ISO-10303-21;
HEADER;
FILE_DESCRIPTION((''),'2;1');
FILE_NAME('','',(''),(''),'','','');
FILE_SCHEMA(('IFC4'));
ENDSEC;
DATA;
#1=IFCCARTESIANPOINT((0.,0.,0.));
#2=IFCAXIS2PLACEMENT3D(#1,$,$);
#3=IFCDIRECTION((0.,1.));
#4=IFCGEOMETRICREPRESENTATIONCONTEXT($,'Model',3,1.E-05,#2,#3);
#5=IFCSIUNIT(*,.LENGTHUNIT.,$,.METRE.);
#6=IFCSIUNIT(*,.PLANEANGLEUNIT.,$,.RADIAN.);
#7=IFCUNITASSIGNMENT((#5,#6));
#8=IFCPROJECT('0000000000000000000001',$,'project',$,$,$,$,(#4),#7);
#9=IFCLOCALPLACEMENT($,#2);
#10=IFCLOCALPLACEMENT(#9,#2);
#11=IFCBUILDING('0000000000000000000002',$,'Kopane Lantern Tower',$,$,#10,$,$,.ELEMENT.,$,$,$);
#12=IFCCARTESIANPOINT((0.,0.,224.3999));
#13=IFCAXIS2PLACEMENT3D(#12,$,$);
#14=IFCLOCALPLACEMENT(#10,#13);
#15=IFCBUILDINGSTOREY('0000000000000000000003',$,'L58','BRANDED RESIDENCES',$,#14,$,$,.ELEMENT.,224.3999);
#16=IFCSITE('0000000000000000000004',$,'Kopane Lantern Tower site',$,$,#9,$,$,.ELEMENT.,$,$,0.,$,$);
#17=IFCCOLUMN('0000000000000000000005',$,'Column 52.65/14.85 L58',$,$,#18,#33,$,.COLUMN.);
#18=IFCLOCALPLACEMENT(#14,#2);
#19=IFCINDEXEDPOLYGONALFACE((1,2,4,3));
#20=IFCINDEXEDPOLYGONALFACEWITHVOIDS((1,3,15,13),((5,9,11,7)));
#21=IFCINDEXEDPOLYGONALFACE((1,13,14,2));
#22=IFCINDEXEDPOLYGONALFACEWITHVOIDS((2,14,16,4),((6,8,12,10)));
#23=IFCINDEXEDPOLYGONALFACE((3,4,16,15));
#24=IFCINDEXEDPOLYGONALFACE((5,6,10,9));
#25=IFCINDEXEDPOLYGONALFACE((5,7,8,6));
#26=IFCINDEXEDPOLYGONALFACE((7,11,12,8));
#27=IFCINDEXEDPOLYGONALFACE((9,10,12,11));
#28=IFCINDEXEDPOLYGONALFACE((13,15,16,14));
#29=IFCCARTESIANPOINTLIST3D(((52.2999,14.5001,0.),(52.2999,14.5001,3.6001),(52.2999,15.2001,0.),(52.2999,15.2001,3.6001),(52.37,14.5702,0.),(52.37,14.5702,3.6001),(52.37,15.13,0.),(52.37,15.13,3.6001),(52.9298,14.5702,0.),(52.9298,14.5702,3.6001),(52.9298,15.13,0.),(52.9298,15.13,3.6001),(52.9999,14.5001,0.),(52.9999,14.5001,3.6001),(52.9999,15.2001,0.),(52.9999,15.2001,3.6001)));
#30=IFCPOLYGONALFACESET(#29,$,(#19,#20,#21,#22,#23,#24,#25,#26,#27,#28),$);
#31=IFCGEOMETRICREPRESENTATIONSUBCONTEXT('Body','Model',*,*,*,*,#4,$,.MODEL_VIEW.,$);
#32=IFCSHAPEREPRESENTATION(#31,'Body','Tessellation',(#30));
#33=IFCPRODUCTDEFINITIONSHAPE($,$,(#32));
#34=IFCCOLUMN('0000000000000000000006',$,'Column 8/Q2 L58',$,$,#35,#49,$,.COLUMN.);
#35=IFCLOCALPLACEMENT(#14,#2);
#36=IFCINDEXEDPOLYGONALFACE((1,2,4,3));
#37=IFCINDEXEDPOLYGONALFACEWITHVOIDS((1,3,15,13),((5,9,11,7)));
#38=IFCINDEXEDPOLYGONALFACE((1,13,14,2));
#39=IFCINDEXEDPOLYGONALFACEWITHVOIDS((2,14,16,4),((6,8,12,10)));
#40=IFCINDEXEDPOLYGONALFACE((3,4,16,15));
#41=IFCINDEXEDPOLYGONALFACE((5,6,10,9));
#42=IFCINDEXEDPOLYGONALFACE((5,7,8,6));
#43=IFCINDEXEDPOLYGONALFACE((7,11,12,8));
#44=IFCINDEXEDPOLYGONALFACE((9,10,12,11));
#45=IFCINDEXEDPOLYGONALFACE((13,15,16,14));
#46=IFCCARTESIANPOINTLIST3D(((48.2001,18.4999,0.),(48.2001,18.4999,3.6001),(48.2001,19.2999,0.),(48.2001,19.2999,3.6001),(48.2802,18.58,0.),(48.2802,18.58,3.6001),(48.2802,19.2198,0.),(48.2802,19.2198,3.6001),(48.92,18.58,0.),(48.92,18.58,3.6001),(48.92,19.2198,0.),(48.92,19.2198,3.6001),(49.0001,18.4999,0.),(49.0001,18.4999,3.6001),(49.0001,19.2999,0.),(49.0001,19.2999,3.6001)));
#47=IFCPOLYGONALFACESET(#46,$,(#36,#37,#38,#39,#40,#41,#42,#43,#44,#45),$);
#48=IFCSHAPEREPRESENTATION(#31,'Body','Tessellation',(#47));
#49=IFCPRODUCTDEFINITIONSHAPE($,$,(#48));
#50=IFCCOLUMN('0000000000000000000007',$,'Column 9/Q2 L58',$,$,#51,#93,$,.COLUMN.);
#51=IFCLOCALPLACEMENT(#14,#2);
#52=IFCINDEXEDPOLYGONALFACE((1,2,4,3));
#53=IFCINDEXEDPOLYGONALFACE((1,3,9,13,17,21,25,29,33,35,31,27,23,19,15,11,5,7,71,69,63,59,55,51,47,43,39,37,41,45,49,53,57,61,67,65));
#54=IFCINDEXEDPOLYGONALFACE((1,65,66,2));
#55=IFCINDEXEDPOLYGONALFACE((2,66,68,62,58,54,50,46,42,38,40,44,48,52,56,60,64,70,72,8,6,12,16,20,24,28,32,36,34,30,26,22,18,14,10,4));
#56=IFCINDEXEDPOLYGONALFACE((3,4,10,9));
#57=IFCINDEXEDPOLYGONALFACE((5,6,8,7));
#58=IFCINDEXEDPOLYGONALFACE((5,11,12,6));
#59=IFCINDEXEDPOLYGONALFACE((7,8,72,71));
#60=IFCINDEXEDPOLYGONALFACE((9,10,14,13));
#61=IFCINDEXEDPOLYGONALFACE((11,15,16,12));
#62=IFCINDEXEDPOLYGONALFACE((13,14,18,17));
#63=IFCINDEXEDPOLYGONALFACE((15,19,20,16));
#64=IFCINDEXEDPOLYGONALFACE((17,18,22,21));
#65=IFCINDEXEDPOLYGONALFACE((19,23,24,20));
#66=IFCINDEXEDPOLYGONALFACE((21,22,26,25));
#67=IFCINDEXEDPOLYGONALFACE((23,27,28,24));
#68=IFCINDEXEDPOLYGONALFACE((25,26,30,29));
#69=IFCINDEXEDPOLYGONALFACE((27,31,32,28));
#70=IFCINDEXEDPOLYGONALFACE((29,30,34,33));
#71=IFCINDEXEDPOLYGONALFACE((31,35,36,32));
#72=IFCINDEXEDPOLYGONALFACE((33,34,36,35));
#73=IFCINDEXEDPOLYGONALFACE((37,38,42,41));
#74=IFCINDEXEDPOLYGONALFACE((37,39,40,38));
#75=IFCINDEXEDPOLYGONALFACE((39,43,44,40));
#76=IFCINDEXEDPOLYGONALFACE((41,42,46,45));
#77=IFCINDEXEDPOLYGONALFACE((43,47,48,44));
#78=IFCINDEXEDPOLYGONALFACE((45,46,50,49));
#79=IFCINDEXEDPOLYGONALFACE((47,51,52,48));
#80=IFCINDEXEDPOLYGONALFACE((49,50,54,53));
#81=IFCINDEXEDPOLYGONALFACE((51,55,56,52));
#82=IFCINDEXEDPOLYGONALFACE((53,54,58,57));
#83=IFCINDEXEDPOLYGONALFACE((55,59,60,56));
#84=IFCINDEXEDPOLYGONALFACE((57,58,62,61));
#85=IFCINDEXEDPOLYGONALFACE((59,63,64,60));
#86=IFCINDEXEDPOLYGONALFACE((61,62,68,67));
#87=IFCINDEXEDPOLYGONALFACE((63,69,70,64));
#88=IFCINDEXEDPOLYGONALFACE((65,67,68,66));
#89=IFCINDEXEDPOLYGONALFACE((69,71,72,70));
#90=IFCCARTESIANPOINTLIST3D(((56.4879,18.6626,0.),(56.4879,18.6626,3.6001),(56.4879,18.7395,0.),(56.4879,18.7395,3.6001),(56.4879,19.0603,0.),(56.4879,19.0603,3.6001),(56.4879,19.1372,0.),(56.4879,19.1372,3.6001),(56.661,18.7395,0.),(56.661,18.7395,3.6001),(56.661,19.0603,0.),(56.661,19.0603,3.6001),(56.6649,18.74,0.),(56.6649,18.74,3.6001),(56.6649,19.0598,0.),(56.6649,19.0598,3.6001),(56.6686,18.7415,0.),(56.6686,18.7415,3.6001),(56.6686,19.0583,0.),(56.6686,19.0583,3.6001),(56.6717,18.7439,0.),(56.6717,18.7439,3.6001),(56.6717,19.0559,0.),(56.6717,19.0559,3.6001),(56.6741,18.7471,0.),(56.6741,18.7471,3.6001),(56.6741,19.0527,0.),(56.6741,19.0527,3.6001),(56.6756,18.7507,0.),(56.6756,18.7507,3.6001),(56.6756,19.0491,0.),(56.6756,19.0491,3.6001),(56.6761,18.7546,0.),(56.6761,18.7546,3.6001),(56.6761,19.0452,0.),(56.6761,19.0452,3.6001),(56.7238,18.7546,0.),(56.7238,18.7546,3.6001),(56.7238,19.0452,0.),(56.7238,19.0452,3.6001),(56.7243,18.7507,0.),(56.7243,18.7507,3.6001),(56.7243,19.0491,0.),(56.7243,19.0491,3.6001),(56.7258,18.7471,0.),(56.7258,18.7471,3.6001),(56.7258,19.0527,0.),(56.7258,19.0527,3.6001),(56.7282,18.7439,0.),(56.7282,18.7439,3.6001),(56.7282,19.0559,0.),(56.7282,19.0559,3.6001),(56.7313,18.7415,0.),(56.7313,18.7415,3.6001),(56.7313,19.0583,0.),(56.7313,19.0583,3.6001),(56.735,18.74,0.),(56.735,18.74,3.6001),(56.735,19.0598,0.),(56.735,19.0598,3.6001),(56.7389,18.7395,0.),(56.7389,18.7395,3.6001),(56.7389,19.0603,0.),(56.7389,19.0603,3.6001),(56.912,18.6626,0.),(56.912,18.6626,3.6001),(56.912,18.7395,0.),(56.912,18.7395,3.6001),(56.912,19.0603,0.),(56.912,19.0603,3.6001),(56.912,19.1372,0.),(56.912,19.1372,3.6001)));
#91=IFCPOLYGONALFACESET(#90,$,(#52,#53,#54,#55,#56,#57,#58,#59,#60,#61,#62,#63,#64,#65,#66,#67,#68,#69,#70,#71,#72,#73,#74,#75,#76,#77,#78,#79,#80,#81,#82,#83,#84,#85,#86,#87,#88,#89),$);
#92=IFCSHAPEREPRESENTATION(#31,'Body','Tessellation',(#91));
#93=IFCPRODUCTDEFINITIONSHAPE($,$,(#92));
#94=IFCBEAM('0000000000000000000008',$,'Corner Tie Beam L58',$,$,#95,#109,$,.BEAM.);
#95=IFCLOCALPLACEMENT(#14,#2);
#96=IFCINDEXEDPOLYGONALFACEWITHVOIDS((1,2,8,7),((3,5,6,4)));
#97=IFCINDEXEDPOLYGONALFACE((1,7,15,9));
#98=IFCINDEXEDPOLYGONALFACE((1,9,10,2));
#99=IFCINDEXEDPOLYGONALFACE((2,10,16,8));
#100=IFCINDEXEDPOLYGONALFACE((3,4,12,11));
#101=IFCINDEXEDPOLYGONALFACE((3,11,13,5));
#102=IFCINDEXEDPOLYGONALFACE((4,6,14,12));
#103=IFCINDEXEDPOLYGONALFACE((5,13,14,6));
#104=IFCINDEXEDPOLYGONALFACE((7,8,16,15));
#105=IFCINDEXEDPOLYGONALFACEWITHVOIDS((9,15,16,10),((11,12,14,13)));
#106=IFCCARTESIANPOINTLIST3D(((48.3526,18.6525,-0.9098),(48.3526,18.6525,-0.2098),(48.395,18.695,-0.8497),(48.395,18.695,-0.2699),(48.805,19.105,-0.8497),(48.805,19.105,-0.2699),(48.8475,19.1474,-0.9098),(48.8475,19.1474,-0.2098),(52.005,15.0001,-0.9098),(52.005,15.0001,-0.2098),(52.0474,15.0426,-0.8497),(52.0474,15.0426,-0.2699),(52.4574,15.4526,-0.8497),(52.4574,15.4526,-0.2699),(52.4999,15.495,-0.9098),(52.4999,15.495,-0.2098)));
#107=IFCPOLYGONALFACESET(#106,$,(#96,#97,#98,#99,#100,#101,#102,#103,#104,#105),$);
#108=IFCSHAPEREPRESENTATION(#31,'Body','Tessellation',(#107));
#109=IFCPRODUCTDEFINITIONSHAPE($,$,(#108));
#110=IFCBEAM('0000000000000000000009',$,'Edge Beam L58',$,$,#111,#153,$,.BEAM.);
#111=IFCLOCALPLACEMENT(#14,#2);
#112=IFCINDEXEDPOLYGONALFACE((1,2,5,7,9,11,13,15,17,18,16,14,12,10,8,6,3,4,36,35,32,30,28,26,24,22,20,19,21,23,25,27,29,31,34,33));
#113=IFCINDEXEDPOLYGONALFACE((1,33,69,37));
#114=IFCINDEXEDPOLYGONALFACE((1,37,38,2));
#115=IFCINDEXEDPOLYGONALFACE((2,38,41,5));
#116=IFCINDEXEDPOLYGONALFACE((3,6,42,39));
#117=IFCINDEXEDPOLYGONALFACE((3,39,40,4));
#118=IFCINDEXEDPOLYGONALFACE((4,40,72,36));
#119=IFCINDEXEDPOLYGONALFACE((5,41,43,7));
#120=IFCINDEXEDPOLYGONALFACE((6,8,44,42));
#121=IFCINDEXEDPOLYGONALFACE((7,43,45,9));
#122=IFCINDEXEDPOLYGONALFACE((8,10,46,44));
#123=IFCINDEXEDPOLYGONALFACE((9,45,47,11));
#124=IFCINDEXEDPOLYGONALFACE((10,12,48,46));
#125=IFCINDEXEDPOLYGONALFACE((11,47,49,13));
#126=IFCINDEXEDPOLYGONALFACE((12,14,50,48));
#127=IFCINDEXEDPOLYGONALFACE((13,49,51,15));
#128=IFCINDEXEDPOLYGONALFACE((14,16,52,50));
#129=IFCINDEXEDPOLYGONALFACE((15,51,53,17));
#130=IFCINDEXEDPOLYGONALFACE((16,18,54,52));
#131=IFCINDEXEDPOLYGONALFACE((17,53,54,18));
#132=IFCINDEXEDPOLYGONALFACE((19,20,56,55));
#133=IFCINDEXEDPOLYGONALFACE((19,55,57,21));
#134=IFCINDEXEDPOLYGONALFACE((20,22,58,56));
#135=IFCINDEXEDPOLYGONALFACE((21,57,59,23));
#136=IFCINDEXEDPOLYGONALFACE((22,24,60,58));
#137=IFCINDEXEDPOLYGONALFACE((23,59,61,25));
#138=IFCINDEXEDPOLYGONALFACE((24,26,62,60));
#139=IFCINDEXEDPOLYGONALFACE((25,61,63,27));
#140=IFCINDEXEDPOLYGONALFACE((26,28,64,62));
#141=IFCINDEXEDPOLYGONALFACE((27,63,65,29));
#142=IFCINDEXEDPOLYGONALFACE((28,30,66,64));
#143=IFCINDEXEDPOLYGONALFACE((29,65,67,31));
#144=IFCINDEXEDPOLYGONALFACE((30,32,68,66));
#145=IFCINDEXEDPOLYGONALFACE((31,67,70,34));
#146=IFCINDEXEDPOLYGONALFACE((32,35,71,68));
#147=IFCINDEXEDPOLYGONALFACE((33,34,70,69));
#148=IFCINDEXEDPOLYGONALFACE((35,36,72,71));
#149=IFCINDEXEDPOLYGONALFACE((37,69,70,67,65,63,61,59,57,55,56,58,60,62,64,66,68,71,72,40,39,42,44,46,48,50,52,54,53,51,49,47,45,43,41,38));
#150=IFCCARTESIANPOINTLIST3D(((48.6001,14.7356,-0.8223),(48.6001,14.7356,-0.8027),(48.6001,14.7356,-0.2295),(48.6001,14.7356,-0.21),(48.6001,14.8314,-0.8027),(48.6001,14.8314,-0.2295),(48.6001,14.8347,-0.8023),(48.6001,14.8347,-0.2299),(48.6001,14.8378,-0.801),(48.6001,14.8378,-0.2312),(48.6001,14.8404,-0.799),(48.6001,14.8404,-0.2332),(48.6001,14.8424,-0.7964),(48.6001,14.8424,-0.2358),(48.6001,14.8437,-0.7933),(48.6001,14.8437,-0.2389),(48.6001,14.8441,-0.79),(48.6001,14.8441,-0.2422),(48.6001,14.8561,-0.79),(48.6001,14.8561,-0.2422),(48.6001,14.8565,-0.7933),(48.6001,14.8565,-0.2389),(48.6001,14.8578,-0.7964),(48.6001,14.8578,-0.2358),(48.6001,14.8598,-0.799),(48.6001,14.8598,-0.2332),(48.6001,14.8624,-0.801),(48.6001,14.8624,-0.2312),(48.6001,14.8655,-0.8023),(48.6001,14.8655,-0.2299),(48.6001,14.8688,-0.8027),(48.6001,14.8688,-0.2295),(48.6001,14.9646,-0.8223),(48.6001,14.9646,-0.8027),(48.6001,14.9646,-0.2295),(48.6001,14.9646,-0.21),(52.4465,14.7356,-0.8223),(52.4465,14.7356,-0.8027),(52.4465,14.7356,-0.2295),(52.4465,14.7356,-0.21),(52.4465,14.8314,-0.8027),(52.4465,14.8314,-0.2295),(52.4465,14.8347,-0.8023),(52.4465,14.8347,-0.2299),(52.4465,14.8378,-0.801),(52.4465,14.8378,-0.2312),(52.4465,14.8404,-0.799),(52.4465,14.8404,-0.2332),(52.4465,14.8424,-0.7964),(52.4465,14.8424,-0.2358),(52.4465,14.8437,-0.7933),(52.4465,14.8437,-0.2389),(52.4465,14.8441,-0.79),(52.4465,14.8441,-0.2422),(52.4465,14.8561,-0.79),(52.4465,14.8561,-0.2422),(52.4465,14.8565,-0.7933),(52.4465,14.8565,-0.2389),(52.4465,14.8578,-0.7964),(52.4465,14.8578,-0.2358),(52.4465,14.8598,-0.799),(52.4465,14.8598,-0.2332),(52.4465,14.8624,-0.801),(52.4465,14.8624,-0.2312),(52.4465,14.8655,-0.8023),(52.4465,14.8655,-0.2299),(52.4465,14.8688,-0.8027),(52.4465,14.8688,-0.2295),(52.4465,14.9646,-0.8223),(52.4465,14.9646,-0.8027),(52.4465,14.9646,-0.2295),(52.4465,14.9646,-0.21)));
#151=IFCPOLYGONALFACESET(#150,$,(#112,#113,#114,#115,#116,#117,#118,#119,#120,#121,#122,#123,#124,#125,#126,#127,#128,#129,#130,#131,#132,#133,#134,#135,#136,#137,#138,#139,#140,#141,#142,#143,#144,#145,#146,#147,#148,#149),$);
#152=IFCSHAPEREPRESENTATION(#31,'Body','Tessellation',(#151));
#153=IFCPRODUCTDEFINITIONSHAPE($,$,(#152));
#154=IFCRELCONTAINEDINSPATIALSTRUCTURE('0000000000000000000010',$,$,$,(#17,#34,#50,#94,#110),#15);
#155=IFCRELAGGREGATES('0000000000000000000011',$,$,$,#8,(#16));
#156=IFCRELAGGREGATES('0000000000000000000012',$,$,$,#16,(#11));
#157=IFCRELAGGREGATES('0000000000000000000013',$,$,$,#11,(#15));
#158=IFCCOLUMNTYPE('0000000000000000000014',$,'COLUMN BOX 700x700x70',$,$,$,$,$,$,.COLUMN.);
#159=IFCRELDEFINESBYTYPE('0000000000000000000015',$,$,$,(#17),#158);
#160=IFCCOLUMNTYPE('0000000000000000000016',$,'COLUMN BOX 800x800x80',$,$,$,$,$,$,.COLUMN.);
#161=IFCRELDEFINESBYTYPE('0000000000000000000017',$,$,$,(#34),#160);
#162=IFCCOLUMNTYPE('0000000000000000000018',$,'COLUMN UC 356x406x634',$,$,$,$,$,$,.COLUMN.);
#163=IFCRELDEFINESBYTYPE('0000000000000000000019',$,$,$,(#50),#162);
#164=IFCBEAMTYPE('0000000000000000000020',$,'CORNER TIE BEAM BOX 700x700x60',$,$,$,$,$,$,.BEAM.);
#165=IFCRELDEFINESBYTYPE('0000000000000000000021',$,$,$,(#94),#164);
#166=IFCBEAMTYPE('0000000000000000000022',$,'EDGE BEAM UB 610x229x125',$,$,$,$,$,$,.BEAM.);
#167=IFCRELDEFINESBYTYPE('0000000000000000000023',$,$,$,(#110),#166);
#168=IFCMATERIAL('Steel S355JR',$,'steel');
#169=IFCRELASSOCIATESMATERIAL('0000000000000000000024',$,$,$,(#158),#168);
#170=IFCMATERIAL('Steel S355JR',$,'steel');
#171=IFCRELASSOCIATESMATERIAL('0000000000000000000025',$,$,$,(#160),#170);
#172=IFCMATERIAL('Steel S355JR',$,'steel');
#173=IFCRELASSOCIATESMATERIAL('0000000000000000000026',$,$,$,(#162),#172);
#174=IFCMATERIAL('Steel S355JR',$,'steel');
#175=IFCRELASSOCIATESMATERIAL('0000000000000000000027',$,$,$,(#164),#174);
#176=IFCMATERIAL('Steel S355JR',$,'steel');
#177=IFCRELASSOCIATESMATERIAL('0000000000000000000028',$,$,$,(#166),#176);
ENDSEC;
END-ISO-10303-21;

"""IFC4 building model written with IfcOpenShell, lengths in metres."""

from ifc_helpers import new_model, si_unit, direction, frame, origin, origin_2d, place, context, subcontext, project, spatial, hollow_rectangle, i_section, extrude, material, material_profile, profile_set, type_object, element, save


model = new_model("IFC4")

# Units and contexts
model_context = context("Model", 3, precision=1e-05, world=origin(), true_north=direction((0.0, 1.0)))
body_context = subcontext(model_context, "Body", "Model", "MODEL_VIEW")
ifc_project = project(units=[si_unit("LENGTHUNIT", "METRE"), si_unit("PLANEANGLEUNIT", "RADIAN")], contexts=[model_context])

# Site, building, storey
site_placement = place(None, origin())
site = spatial("IfcSite", under=ifc_project, at=site_placement, Name="Kopane Lantern Tower site", CompositionType="ELEMENT", RefElevation=0.0)
building_placement = place(site_placement, origin())
building = spatial("IfcBuilding", under=site, at=building_placement, Name="Kopane Lantern Tower", CompositionType="ELEMENT")
storey_placement = place(building_placement, frame((0.0, 0.0, 224.3999)))
storey = spatial("IfcBuildingStorey", under=building, at=storey_placement, Name="L58", Description="BRANDED RESIDENCES", CompositionType="ELEMENT", Elevation=224.3999)

# Columns
ifc_material_1 = material(Name="Steel S355JR", Category="steel")
ifc_material_profile_1 = material_profile(ifc_material_1, hollow_rectangle(XDim=0.7, YDim=0.7, WallThickness=0.0701, at=origin_2d()), Name="BOX 700x700x70")
ifc_profile_set_1 = profile_set([ifc_material_profile_1], Name="Steel S355JR")
column_type_1 = type_object("IfcColumnType", Name="COLUMN BOX 700x700x70", PredefinedType="COLUMN", material=ifc_profile_set_1)
column_1_placement = place(storey_placement, frame((52.6499, 14.8501, 0.0), z_axis=(0.0, 0.0, 1.0), x_axis=(1.0, 0.0, 0.0)))
element("IfcColumn", 1, at=column_1_placement, inside=storey, type_object=column_type_1, Name="Column 52.65/14.85 L58", PredefinedType="COLUMN", context=body_context, shape_type="SweptSolid", body=[
    extrude(hollow_rectangle(XDim=0.7, YDim=0.7, WallThickness=0.0701, at=origin_2d()), origin(), (0.0, 0.0, 1.0), 3.6001),
])
ifc_material_2 = material(Name="Steel S355JR", Category="steel")
ifc_material_profile_2 = material_profile(ifc_material_2, hollow_rectangle(XDim=0.8, YDim=0.8, WallThickness=0.0801, at=origin_2d()), Name="BOX 800x800x80")
ifc_profile_set_2 = profile_set([ifc_material_profile_2], Name="Steel S355JR")
column_type_2 = type_object("IfcColumnType", Name="COLUMN BOX 800x800x80", PredefinedType="COLUMN", material=ifc_profile_set_2)
column_2_placement = place(storey_placement, frame((48.6001, 18.8999, 0.0), z_axis=(0.0, 0.0, 1.0), x_axis=(1.0, 0.0, 0.0)))
element("IfcColumn", 2, at=column_2_placement, inside=storey, type_object=column_type_2, Name="Column 8/Q2 L58", PredefinedType="COLUMN", context=body_context, shape_type="SweptSolid", body=[
    extrude(hollow_rectangle(XDim=0.8, YDim=0.8, WallThickness=0.0801, at=origin_2d()), origin(), (0.0, 0.0, 1.0), 3.6001),
])
ifc_material_3 = material(Name="Steel S355JR", Category="steel")
ifc_material_profile_3 = material_profile(ifc_material_3, i_section(OverallWidth=0.4241, OverallDepth=0.4746, WebThickness=0.0476, FlangeThickness=0.0769, FilletRadius=0.0151, at=origin_2d()), Name="UC 356x406x634")
ifc_profile_set_3 = profile_set([ifc_material_profile_3], Name="Steel S355JR")
column_type_3 = type_object("IfcColumnType", Name="COLUMN UC 356x406x634", PredefinedType="COLUMN", material=ifc_profile_set_3)
column_3_placement = place(storey_placement, frame((56.7, 18.8999, 0.0), z_axis=(0.0, 0.0, 1.0), x_axis=(1.0, 0.0, 0.0)))
element("IfcColumn", 3, at=column_3_placement, inside=storey, type_object=column_type_3, Name="Column 9/Q2 L58", PredefinedType="COLUMN", context=body_context, shape_type="SweptSolid", body=[
    extrude(i_section(OverallWidth=0.4241, OverallDepth=0.4746, WebThickness=0.0476, FlangeThickness=0.0769, FilletRadius=0.0151, at=origin_2d()), origin(), (0.0, 0.0, 1.0), 3.6001),
])

# Beams
ifc_material_4 = material(Name="Steel S355JR", Category="steel")
ifc_material_profile_4 = material_profile(ifc_material_4, hollow_rectangle(XDim=0.7, YDim=0.7, WallThickness=0.0601, at=origin_2d()), Name="BOX 700x700x60")
ifc_profile_set_4 = profile_set([ifc_material_profile_4], Name="Steel S355JR")
beam_type_1 = type_object("IfcBeamType", Name="CORNER TIE BEAM BOX 700x700x60", PredefinedType="BEAM", material=ifc_profile_set_4)
beam_1_placement = place(storey_placement, frame((52.2524, 15.2476, -0.5598), z_axis=(-0.707107, 0.707107, 0.0), x_axis=(-0.707107, -0.707107, 0.0)))
element("IfcBeam", 4, at=beam_1_placement, inside=storey, type_object=beam_type_1, Name="Corner Tie Beam L58", PredefinedType="BEAM", context=body_context, shape_type="SweptSolid", body=[
    extrude(hollow_rectangle(XDim=0.7, YDim=0.7, WallThickness=0.0601, at=origin_2d()), origin(), (0.0, 0.0, 1.0), 5.1653),
])
ifc_material_5 = material(Name="Steel S355JR", Category="steel")
ifc_material_profile_5 = material_profile(ifc_material_5, i_section(OverallWidth=0.229, OverallDepth=0.6123, WebThickness=0.012, FlangeThickness=0.0195, FilletRadius=0.0127, at=origin_2d()), Name="UB 610x229x125")
ifc_profile_set_5 = profile_set([ifc_material_profile_5], Name="Steel S355JR")
beam_type_2 = type_object("IfcBeamType", Name="EDGE BEAM UB 610x229x125", PredefinedType="BEAM", material=ifc_profile_set_5)
for number, where, z_axis, x_axis, name in (
    (5, (52.4465, 14.8501, -0.5161), (-1.0, 0.0, 0.0), (0.0, -1.0, 0.0), "Edge Beam L58"),
):
    element("IfcBeam", number, at=place(storey_placement, frame(where, z_axis=z_axis, x_axis=x_axis)), inside=storey, type_object=beam_type_2, Name=name, PredefinedType="BEAM", context=body_context, shape_type="SweptSolid", body=[
        extrude(i_section(OverallWidth=0.229, OverallDepth=0.6123, WebThickness=0.012, FlangeThickness=0.0195, FilletRadius=0.0127, at=origin_2d()), origin(), (0.0, 0.0, 1.0), 3.8464),
    ])

save(model, "model.ifc")
